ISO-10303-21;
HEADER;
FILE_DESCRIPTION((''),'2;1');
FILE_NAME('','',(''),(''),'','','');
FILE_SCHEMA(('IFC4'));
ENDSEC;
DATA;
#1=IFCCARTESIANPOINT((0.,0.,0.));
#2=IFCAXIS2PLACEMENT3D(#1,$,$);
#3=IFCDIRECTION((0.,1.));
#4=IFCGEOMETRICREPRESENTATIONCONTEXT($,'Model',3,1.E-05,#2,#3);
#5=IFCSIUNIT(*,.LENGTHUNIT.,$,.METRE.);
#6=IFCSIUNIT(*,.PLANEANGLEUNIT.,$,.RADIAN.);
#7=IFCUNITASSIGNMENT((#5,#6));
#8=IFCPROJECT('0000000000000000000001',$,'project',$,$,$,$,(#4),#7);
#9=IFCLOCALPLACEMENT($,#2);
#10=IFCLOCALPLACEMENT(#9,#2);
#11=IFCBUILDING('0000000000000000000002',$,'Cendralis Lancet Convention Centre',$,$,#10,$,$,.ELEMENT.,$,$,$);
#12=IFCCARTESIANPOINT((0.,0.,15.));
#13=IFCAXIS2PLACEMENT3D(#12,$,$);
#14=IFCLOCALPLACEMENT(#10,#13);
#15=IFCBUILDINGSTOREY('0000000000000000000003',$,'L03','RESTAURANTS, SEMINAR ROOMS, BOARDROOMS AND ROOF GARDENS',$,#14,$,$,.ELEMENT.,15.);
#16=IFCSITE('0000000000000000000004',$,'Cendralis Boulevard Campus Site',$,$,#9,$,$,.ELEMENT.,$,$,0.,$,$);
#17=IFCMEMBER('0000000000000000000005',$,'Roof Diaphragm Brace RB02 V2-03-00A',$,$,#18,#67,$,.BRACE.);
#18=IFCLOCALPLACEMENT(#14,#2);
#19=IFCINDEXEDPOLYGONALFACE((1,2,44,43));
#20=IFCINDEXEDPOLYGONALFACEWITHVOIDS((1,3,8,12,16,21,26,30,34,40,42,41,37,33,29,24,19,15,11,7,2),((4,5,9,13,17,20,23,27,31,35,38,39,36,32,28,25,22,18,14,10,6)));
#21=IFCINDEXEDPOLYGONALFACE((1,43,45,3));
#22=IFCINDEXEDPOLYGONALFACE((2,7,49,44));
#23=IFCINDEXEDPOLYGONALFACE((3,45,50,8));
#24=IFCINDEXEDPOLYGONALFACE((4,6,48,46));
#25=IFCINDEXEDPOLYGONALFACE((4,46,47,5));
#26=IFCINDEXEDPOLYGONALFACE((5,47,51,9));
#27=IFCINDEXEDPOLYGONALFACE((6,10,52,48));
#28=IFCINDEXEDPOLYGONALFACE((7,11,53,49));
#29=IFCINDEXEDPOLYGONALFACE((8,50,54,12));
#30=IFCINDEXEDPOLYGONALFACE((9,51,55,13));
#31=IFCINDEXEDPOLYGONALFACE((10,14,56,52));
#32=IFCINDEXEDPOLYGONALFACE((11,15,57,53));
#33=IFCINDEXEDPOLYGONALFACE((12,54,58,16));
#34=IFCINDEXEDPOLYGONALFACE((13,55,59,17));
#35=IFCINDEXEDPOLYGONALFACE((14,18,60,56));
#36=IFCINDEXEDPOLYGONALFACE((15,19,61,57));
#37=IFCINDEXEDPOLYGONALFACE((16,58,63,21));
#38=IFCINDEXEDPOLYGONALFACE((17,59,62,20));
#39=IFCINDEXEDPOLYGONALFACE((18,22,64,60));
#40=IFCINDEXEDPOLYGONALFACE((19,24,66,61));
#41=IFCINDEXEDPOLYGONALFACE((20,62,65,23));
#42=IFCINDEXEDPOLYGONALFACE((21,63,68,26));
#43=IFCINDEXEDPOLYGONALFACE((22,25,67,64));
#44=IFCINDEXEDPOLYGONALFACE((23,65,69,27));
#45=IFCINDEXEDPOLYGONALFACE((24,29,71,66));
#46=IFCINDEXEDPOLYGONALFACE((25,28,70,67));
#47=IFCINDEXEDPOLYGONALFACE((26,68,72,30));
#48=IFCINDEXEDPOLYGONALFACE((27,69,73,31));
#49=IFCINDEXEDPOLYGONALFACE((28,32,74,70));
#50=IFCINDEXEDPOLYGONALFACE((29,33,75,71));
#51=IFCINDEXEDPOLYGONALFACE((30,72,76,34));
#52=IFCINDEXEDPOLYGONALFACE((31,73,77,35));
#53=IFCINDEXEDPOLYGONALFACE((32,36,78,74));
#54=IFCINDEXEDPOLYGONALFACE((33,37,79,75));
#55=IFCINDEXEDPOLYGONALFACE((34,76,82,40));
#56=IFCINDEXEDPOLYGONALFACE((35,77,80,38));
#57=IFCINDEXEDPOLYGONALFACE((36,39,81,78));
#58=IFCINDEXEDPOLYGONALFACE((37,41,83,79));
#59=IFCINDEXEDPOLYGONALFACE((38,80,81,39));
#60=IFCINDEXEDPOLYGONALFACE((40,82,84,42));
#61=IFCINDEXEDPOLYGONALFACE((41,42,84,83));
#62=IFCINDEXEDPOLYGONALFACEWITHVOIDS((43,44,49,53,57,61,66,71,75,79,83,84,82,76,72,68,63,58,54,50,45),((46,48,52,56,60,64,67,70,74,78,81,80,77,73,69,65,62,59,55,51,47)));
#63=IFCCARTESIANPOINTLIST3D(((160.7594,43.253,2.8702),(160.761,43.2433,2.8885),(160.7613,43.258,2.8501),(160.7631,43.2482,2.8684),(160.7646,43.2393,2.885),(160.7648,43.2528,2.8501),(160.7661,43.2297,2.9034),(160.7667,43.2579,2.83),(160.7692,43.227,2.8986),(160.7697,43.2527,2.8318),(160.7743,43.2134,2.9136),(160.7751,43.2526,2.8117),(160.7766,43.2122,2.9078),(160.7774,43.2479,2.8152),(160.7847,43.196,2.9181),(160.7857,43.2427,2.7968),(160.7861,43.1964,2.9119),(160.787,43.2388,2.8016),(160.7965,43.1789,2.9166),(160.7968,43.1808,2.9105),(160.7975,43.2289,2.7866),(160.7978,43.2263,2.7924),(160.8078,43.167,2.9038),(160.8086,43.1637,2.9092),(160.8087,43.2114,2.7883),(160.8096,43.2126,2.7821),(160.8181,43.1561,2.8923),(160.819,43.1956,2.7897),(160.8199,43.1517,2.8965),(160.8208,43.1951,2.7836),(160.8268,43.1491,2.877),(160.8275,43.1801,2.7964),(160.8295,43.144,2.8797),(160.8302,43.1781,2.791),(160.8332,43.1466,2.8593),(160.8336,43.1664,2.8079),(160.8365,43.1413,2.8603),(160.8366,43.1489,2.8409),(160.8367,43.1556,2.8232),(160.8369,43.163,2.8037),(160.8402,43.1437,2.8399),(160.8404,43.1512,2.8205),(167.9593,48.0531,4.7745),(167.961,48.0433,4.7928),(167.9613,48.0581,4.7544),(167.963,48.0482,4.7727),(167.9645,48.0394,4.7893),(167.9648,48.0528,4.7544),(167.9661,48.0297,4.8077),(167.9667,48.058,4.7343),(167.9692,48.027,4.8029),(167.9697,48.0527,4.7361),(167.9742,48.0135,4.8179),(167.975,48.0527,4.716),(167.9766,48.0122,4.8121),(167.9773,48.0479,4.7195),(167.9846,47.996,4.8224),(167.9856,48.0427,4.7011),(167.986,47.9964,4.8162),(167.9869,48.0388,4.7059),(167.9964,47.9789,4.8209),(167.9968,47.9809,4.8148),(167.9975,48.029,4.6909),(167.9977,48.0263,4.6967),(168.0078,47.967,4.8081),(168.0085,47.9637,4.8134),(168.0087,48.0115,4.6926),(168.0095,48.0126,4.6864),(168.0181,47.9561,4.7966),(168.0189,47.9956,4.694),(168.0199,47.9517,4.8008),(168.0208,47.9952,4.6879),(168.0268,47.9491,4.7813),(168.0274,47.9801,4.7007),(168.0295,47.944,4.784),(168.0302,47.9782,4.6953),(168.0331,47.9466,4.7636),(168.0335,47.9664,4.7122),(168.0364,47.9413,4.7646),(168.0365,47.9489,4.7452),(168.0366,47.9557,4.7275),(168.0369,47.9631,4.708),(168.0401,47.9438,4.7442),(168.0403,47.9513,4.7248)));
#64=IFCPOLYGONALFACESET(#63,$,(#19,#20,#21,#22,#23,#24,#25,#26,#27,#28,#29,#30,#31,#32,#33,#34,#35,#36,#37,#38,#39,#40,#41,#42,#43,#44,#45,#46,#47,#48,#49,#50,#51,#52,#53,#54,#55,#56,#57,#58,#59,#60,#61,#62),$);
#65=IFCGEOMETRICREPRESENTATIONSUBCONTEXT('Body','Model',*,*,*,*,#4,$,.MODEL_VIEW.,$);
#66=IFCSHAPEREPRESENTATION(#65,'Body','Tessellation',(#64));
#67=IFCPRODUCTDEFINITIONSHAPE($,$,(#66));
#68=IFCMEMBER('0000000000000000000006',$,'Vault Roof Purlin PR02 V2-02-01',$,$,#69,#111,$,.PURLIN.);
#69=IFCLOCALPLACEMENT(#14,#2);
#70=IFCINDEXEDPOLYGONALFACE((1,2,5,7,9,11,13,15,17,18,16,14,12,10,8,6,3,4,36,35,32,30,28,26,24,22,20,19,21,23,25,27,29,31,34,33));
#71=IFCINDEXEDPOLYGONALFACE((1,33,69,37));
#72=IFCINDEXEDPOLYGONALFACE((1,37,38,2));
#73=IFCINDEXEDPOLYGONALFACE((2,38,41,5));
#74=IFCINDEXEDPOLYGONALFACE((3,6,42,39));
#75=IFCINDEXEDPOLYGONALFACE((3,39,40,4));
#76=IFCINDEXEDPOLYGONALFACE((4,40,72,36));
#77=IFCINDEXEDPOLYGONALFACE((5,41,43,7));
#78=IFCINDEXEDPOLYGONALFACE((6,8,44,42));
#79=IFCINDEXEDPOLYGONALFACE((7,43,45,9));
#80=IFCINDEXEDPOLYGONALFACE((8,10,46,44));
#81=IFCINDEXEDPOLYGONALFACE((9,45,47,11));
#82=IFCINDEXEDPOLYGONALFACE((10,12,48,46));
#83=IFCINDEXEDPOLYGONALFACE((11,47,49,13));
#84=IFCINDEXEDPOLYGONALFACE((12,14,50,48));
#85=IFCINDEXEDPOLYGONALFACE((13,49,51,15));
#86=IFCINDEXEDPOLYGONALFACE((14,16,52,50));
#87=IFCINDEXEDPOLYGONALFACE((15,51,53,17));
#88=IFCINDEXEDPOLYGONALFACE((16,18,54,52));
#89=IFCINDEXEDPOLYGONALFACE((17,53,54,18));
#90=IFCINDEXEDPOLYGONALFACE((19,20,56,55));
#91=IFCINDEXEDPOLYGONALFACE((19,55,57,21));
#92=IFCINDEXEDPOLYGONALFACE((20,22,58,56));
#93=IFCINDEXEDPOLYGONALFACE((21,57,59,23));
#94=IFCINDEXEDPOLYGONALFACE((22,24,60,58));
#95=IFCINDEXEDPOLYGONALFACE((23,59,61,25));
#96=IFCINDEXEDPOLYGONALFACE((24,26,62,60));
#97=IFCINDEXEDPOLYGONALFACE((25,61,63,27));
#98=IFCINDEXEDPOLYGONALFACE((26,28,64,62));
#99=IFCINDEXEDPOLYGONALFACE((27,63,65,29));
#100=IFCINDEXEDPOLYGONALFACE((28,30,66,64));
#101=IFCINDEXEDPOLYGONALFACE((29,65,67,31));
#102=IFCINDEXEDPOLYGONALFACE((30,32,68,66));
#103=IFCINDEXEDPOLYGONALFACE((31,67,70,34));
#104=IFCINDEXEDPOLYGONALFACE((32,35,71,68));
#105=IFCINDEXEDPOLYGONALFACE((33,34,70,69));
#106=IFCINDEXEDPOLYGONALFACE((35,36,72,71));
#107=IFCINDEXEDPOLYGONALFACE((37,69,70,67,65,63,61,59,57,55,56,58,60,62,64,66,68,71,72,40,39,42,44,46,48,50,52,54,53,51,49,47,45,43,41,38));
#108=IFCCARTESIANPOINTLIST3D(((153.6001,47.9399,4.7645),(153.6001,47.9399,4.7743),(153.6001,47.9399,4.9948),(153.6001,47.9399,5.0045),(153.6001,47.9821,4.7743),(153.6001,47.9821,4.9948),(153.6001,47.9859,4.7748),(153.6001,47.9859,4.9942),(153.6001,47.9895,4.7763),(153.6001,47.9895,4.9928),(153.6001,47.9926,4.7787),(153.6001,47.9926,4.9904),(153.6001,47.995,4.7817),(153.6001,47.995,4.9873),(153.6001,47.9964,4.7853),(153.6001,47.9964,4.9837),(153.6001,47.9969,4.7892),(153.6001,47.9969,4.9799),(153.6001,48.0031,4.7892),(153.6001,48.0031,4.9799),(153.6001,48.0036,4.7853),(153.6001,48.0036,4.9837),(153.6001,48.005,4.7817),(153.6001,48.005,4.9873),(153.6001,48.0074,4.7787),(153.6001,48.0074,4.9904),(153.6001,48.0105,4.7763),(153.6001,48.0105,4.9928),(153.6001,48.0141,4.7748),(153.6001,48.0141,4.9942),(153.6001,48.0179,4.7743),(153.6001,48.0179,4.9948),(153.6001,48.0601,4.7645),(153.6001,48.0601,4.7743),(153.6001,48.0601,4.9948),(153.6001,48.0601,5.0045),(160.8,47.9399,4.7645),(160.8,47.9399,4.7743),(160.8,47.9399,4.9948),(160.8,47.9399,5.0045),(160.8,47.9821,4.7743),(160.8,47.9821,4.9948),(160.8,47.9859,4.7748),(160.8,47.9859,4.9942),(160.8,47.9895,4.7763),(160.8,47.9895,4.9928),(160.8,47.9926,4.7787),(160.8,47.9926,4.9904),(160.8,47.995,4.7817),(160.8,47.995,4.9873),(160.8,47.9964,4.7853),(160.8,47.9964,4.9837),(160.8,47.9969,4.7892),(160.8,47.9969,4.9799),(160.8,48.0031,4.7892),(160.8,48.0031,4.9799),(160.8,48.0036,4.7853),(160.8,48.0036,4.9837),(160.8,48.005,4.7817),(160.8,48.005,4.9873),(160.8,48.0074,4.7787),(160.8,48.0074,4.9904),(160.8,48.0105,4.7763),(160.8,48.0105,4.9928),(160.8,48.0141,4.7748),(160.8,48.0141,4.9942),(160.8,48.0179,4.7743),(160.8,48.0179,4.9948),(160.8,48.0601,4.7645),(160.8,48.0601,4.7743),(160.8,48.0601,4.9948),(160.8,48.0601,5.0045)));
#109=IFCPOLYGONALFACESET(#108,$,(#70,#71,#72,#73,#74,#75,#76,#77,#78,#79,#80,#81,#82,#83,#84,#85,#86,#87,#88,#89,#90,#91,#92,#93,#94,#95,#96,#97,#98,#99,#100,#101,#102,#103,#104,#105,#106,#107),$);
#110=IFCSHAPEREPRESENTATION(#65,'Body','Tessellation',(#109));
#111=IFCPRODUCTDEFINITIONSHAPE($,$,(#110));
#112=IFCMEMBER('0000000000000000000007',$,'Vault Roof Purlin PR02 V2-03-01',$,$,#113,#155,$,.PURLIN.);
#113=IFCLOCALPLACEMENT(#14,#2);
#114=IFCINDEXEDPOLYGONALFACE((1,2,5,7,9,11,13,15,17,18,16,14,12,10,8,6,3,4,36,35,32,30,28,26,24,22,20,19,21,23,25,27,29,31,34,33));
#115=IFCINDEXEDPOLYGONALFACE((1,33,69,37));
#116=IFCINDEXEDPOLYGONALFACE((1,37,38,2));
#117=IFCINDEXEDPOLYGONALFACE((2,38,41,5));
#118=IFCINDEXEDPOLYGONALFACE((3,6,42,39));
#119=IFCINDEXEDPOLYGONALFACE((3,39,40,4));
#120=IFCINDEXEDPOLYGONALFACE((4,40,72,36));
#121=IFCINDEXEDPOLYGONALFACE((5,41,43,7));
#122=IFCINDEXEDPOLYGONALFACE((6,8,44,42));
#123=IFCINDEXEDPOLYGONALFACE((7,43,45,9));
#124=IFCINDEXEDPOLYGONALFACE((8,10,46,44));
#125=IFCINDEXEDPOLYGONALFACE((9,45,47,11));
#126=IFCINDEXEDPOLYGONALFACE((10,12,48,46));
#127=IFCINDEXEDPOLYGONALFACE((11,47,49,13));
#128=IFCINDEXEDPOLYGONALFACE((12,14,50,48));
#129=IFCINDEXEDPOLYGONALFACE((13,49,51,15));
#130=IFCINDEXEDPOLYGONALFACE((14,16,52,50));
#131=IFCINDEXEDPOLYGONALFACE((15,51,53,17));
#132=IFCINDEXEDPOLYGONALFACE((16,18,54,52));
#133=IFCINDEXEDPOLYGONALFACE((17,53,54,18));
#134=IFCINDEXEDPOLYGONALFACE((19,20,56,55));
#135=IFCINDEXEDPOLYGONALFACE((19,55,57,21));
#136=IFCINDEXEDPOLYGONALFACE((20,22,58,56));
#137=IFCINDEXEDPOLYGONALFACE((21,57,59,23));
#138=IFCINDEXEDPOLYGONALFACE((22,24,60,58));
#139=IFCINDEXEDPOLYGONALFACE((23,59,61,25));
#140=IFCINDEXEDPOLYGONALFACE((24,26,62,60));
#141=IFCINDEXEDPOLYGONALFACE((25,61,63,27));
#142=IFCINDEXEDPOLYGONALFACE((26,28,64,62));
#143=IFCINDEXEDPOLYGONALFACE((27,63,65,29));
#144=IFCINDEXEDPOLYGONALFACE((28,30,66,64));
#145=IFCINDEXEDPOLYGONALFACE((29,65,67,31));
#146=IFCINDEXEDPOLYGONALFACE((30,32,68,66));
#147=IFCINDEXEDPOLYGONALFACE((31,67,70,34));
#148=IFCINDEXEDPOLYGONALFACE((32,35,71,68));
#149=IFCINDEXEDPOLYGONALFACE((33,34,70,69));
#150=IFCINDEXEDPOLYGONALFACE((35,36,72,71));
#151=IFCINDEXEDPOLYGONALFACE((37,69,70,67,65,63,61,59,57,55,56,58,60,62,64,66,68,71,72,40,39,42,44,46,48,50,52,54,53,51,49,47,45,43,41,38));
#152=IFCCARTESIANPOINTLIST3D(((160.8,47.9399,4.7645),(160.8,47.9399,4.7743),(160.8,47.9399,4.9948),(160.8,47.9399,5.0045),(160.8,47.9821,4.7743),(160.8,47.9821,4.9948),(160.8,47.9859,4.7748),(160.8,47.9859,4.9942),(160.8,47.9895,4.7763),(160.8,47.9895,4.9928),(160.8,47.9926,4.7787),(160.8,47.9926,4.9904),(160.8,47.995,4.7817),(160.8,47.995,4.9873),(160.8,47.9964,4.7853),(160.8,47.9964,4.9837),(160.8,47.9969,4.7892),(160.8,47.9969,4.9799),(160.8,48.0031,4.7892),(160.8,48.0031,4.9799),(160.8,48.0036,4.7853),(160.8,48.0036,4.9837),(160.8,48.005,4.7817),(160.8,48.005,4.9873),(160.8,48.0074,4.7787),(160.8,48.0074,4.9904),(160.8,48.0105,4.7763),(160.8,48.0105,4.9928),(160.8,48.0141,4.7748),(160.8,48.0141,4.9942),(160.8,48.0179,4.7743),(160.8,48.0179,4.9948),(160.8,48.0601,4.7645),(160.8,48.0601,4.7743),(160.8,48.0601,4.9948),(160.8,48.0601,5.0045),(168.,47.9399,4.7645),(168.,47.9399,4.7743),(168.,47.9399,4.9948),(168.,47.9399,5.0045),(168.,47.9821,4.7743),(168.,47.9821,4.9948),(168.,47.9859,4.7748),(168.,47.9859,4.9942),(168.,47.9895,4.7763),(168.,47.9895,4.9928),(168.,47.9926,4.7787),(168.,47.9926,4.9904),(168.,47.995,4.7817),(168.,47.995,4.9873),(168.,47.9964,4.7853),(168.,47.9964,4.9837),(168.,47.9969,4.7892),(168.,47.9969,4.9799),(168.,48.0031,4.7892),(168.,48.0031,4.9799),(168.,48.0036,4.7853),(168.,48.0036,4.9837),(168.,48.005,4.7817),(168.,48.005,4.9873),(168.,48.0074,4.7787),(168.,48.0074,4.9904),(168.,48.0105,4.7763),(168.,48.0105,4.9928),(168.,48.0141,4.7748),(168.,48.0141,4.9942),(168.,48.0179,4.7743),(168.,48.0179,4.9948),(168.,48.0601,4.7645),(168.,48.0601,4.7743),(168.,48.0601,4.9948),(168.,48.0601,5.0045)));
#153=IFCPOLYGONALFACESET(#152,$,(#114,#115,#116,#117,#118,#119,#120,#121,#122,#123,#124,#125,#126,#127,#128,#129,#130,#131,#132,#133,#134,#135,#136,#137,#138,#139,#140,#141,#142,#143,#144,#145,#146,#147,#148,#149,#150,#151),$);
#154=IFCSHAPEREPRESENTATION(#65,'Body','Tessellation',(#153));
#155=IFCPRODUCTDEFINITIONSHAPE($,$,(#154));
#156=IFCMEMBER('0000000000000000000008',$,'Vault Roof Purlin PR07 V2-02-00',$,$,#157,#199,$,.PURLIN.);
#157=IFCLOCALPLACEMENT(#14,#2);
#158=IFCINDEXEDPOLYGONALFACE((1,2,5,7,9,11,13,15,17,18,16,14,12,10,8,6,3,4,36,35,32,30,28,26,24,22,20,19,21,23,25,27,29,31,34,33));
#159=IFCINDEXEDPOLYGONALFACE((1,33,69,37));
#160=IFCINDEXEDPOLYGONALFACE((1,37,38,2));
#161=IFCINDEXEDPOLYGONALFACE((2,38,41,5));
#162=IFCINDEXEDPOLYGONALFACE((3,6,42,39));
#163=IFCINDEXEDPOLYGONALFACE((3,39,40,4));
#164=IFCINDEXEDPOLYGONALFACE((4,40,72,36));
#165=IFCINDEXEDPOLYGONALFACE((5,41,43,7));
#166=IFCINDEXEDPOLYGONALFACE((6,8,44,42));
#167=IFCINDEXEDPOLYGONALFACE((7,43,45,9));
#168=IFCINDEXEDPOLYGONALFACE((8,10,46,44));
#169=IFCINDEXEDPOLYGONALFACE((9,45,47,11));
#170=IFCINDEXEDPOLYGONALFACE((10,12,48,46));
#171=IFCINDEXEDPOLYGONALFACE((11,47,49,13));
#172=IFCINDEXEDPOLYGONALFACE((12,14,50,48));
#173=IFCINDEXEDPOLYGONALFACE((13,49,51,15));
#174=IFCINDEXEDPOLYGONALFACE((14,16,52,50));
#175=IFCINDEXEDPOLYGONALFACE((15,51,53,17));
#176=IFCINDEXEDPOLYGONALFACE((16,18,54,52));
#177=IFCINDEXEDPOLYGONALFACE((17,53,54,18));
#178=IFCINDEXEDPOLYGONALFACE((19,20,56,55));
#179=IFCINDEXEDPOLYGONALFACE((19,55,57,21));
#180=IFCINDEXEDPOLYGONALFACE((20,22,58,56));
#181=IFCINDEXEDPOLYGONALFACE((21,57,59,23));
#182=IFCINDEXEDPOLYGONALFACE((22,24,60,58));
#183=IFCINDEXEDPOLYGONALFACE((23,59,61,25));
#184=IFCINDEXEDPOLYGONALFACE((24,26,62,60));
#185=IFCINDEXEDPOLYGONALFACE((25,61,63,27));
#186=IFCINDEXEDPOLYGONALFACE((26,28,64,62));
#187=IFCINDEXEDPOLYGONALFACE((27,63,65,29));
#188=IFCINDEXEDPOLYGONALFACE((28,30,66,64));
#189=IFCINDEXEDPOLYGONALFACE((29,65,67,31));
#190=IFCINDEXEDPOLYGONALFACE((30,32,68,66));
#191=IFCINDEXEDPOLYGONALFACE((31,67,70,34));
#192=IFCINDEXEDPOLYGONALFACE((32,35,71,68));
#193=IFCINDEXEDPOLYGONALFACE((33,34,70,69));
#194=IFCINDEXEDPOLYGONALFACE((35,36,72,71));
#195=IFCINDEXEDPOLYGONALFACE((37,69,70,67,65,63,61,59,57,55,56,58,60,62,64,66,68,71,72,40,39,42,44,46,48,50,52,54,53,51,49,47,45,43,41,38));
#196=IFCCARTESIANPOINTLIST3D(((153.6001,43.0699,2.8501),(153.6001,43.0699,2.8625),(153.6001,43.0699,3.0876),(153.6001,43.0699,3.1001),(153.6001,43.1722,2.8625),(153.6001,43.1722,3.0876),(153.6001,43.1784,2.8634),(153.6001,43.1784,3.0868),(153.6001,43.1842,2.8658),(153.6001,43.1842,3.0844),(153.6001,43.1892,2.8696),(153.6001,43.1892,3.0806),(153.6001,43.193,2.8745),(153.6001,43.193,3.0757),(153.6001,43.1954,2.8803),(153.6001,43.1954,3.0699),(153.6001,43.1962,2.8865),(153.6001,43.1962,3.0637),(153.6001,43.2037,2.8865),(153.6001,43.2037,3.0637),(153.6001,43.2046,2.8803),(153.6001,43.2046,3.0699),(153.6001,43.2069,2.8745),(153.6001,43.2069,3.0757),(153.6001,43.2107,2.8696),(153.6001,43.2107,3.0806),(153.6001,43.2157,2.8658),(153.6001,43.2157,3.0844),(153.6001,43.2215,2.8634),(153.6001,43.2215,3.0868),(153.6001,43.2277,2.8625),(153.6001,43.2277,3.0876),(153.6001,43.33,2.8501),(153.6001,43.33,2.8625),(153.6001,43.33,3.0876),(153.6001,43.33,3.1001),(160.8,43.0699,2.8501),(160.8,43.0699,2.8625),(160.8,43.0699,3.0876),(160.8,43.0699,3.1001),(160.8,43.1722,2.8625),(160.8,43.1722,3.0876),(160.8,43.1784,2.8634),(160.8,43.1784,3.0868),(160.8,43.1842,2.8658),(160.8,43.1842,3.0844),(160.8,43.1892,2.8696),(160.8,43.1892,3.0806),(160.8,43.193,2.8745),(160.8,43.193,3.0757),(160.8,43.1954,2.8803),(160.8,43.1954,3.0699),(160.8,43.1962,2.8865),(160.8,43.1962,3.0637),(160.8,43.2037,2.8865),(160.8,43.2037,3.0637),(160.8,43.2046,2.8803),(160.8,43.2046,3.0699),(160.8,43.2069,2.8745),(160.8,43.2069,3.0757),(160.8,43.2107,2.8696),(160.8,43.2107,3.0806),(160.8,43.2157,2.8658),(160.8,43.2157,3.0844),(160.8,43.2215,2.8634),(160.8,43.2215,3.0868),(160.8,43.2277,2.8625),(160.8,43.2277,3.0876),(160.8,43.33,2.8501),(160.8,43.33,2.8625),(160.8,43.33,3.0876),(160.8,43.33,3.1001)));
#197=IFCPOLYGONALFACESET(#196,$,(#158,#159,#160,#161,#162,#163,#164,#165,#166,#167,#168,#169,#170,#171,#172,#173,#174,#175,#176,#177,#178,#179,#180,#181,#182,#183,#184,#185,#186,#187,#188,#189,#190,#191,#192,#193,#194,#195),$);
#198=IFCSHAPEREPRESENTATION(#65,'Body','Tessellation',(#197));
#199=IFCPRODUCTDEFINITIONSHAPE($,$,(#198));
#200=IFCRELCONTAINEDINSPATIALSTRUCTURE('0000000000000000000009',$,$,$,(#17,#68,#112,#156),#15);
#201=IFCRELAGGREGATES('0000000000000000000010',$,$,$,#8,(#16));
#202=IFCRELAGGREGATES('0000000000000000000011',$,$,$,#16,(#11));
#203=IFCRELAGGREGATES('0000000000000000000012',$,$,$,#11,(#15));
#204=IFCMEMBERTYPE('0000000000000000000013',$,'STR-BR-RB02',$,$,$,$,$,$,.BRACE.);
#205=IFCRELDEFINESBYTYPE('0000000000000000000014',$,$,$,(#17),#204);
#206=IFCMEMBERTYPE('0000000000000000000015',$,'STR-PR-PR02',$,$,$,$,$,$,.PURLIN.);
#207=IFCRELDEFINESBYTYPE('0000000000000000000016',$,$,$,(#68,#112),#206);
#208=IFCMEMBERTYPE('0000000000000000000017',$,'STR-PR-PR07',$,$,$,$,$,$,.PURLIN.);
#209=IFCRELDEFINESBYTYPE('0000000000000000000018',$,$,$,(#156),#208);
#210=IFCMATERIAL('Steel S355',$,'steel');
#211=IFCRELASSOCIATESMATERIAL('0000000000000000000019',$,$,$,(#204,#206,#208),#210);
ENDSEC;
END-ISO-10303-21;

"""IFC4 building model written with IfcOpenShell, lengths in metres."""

from ifc_helpers import new_model, si_unit, direction, frame, origin, origin_2d, place, context, subcontext, project, spatial, hollow_circle, i_section, extrude, material, material_profile, profile_set, type_object, element, save


model = new_model("IFC4")

# Units and contexts
model_context = context("Model", 3, precision=1e-05, world=origin(), true_north=direction((0.0, 1.0)))
body_context = subcontext(model_context, "Body", "Model", "MODEL_VIEW")
ifc_project = project(units=[si_unit("LENGTHUNIT", "METRE"), si_unit("PLANEANGLEUNIT", "RADIAN")], contexts=[model_context])

# Site, building, storey
site_placement = place(None, origin())
site = spatial("IfcSite", under=ifc_project, at=site_placement, Name="Cendralis Boulevard Campus Site", CompositionType="ELEMENT", RefElevation=0.0)
building_placement = place(site_placement, origin())
building = spatial("IfcBuilding", under=site, at=building_placement, Name="Cendralis Lancet Convention Centre", CompositionType="ELEMENT")
storey_placement = place(building_placement, frame((0.0, 0.0, 15.0)))
storey = spatial("IfcBuildingStorey", under=building, at=storey_placement, Name="L03", Description="RESTAURANTS, SEMINAR ROOMS, BOARDROOMS AND ROOF GARDENS", CompositionType="ELEMENT", Elevation=15.0)

# Shared definitions
ifc_material_1 = material(Name="Steel S355", Category="steel")

# Members
ifc_material_profile_1 = material_profile(ifc_material_1, hollow_circle(Radius=0.0698, WallThickness=0.0063, at=origin_2d()), Name="CHS 139.7x6.3")
ifc_profile_set_1 = profile_set([ifc_material_profile_1], Name="Steel S355")
member_type_1 = type_object("IfcMemberType", Name="STR-BR-RB02", PredefinedType="BRACE", material=ifc_profile_set_1)
member_1_placement = place(storey_placement, frame((160.8, 43.2, 2.8501), z_axis=(0.812602, 0.541744, 0.214923), x_axis=(-0.554707, 0.832046, 0.0)))
element("IfcMember", 1, at=member_1_placement, inside=storey, type_object=member_type_1, Name="Roof Diaphragm Brace RB02 V2-03-00A", PredefinedType="BRACE", context=body_context, shape_type="SweptSolid", body=[
    extrude(hollow_circle(Radius=0.0698, WallThickness=0.0063, at=origin_2d()), origin(), (0.0, 0.0, 1.0), 8.8604),
])
ifc_material_profile_2 = material_profile(ifc_material_1, i_section(OverallWidth=0.1201, OverallDepth=0.24, WebThickness=0.0061, FlangeThickness=0.0098, FilletRadius=0.0149, at=origin_2d()), Name="IPE 240")
ifc_profile_set_2 = profile_set([ifc_material_profile_2], Name="Steel S355")
member_type_2 = type_object("IfcMemberType", Name="STR-PR-PR02", PredefinedType="PURLIN", material=ifc_profile_set_2)
for number, where, z_axis, x_axis, name in (
    (2, (153.6001, 48.0, 4.8845), (1.0, 0.0, 0.0), (0.0, 1.0, 0.0), "Vault Roof Purlin PR02 V2-02-01"),
    (3, (160.8, 48.0, 4.8845), (1.0, 0.0, 0.0), (0.0, 1.0, 0.0), "Vault Roof Purlin PR02 V2-03-01"),
):
    element("IfcMember", number, at=place(storey_placement, frame(where, z_axis=z_axis, x_axis=x_axis)), inside=storey, type_object=member_type_2, Name=name, PredefinedType="PURLIN", context=body_context, shape_type="SweptSolid", body=[
        extrude(i_section(OverallWidth=0.1201, OverallDepth=0.24, WebThickness=0.0061, FlangeThickness=0.0098, FilletRadius=0.0149, at=origin_2d()), origin(), (0.0, 0.0, 1.0), 7.2),
    ])
ifc_material_profile_3 = material_profile(ifc_material_1, i_section(OverallWidth=0.26, OverallDepth=0.25, WebThickness=0.0076, FlangeThickness=0.0125, FilletRadius=0.0239, at=origin_2d()), Name="HEA 260")
ifc_profile_set_3 = profile_set([ifc_material_profile_3], Name="Steel S355")
member_type_3 = type_object("IfcMemberType", Name="STR-PR-PR07", PredefinedType="PURLIN", material=ifc_profile_set_3)
for number, where, z_axis, x_axis, name in (
    (4, (153.6001, 43.2, 2.9751), (1.0, 0.0, 0.0), (0.0, 1.0, 0.0), "Vault Roof Purlin PR07 V2-02-00"),
):
    element("IfcMember", number, at=place(storey_placement, frame(where, z_axis=z_axis, x_axis=x_axis)), inside=storey, type_object=member_type_3, Name=name, PredefinedType="PURLIN", context=body_context, shape_type="SweptSolid", body=[
        extrude(i_section(OverallWidth=0.26, OverallDepth=0.25, WebThickness=0.0076, FlangeThickness=0.0125, FilletRadius=0.0239, at=origin_2d()), origin(), (0.0, 0.0, 1.0), 7.2),
    ])

save(model, "model.ifc")
